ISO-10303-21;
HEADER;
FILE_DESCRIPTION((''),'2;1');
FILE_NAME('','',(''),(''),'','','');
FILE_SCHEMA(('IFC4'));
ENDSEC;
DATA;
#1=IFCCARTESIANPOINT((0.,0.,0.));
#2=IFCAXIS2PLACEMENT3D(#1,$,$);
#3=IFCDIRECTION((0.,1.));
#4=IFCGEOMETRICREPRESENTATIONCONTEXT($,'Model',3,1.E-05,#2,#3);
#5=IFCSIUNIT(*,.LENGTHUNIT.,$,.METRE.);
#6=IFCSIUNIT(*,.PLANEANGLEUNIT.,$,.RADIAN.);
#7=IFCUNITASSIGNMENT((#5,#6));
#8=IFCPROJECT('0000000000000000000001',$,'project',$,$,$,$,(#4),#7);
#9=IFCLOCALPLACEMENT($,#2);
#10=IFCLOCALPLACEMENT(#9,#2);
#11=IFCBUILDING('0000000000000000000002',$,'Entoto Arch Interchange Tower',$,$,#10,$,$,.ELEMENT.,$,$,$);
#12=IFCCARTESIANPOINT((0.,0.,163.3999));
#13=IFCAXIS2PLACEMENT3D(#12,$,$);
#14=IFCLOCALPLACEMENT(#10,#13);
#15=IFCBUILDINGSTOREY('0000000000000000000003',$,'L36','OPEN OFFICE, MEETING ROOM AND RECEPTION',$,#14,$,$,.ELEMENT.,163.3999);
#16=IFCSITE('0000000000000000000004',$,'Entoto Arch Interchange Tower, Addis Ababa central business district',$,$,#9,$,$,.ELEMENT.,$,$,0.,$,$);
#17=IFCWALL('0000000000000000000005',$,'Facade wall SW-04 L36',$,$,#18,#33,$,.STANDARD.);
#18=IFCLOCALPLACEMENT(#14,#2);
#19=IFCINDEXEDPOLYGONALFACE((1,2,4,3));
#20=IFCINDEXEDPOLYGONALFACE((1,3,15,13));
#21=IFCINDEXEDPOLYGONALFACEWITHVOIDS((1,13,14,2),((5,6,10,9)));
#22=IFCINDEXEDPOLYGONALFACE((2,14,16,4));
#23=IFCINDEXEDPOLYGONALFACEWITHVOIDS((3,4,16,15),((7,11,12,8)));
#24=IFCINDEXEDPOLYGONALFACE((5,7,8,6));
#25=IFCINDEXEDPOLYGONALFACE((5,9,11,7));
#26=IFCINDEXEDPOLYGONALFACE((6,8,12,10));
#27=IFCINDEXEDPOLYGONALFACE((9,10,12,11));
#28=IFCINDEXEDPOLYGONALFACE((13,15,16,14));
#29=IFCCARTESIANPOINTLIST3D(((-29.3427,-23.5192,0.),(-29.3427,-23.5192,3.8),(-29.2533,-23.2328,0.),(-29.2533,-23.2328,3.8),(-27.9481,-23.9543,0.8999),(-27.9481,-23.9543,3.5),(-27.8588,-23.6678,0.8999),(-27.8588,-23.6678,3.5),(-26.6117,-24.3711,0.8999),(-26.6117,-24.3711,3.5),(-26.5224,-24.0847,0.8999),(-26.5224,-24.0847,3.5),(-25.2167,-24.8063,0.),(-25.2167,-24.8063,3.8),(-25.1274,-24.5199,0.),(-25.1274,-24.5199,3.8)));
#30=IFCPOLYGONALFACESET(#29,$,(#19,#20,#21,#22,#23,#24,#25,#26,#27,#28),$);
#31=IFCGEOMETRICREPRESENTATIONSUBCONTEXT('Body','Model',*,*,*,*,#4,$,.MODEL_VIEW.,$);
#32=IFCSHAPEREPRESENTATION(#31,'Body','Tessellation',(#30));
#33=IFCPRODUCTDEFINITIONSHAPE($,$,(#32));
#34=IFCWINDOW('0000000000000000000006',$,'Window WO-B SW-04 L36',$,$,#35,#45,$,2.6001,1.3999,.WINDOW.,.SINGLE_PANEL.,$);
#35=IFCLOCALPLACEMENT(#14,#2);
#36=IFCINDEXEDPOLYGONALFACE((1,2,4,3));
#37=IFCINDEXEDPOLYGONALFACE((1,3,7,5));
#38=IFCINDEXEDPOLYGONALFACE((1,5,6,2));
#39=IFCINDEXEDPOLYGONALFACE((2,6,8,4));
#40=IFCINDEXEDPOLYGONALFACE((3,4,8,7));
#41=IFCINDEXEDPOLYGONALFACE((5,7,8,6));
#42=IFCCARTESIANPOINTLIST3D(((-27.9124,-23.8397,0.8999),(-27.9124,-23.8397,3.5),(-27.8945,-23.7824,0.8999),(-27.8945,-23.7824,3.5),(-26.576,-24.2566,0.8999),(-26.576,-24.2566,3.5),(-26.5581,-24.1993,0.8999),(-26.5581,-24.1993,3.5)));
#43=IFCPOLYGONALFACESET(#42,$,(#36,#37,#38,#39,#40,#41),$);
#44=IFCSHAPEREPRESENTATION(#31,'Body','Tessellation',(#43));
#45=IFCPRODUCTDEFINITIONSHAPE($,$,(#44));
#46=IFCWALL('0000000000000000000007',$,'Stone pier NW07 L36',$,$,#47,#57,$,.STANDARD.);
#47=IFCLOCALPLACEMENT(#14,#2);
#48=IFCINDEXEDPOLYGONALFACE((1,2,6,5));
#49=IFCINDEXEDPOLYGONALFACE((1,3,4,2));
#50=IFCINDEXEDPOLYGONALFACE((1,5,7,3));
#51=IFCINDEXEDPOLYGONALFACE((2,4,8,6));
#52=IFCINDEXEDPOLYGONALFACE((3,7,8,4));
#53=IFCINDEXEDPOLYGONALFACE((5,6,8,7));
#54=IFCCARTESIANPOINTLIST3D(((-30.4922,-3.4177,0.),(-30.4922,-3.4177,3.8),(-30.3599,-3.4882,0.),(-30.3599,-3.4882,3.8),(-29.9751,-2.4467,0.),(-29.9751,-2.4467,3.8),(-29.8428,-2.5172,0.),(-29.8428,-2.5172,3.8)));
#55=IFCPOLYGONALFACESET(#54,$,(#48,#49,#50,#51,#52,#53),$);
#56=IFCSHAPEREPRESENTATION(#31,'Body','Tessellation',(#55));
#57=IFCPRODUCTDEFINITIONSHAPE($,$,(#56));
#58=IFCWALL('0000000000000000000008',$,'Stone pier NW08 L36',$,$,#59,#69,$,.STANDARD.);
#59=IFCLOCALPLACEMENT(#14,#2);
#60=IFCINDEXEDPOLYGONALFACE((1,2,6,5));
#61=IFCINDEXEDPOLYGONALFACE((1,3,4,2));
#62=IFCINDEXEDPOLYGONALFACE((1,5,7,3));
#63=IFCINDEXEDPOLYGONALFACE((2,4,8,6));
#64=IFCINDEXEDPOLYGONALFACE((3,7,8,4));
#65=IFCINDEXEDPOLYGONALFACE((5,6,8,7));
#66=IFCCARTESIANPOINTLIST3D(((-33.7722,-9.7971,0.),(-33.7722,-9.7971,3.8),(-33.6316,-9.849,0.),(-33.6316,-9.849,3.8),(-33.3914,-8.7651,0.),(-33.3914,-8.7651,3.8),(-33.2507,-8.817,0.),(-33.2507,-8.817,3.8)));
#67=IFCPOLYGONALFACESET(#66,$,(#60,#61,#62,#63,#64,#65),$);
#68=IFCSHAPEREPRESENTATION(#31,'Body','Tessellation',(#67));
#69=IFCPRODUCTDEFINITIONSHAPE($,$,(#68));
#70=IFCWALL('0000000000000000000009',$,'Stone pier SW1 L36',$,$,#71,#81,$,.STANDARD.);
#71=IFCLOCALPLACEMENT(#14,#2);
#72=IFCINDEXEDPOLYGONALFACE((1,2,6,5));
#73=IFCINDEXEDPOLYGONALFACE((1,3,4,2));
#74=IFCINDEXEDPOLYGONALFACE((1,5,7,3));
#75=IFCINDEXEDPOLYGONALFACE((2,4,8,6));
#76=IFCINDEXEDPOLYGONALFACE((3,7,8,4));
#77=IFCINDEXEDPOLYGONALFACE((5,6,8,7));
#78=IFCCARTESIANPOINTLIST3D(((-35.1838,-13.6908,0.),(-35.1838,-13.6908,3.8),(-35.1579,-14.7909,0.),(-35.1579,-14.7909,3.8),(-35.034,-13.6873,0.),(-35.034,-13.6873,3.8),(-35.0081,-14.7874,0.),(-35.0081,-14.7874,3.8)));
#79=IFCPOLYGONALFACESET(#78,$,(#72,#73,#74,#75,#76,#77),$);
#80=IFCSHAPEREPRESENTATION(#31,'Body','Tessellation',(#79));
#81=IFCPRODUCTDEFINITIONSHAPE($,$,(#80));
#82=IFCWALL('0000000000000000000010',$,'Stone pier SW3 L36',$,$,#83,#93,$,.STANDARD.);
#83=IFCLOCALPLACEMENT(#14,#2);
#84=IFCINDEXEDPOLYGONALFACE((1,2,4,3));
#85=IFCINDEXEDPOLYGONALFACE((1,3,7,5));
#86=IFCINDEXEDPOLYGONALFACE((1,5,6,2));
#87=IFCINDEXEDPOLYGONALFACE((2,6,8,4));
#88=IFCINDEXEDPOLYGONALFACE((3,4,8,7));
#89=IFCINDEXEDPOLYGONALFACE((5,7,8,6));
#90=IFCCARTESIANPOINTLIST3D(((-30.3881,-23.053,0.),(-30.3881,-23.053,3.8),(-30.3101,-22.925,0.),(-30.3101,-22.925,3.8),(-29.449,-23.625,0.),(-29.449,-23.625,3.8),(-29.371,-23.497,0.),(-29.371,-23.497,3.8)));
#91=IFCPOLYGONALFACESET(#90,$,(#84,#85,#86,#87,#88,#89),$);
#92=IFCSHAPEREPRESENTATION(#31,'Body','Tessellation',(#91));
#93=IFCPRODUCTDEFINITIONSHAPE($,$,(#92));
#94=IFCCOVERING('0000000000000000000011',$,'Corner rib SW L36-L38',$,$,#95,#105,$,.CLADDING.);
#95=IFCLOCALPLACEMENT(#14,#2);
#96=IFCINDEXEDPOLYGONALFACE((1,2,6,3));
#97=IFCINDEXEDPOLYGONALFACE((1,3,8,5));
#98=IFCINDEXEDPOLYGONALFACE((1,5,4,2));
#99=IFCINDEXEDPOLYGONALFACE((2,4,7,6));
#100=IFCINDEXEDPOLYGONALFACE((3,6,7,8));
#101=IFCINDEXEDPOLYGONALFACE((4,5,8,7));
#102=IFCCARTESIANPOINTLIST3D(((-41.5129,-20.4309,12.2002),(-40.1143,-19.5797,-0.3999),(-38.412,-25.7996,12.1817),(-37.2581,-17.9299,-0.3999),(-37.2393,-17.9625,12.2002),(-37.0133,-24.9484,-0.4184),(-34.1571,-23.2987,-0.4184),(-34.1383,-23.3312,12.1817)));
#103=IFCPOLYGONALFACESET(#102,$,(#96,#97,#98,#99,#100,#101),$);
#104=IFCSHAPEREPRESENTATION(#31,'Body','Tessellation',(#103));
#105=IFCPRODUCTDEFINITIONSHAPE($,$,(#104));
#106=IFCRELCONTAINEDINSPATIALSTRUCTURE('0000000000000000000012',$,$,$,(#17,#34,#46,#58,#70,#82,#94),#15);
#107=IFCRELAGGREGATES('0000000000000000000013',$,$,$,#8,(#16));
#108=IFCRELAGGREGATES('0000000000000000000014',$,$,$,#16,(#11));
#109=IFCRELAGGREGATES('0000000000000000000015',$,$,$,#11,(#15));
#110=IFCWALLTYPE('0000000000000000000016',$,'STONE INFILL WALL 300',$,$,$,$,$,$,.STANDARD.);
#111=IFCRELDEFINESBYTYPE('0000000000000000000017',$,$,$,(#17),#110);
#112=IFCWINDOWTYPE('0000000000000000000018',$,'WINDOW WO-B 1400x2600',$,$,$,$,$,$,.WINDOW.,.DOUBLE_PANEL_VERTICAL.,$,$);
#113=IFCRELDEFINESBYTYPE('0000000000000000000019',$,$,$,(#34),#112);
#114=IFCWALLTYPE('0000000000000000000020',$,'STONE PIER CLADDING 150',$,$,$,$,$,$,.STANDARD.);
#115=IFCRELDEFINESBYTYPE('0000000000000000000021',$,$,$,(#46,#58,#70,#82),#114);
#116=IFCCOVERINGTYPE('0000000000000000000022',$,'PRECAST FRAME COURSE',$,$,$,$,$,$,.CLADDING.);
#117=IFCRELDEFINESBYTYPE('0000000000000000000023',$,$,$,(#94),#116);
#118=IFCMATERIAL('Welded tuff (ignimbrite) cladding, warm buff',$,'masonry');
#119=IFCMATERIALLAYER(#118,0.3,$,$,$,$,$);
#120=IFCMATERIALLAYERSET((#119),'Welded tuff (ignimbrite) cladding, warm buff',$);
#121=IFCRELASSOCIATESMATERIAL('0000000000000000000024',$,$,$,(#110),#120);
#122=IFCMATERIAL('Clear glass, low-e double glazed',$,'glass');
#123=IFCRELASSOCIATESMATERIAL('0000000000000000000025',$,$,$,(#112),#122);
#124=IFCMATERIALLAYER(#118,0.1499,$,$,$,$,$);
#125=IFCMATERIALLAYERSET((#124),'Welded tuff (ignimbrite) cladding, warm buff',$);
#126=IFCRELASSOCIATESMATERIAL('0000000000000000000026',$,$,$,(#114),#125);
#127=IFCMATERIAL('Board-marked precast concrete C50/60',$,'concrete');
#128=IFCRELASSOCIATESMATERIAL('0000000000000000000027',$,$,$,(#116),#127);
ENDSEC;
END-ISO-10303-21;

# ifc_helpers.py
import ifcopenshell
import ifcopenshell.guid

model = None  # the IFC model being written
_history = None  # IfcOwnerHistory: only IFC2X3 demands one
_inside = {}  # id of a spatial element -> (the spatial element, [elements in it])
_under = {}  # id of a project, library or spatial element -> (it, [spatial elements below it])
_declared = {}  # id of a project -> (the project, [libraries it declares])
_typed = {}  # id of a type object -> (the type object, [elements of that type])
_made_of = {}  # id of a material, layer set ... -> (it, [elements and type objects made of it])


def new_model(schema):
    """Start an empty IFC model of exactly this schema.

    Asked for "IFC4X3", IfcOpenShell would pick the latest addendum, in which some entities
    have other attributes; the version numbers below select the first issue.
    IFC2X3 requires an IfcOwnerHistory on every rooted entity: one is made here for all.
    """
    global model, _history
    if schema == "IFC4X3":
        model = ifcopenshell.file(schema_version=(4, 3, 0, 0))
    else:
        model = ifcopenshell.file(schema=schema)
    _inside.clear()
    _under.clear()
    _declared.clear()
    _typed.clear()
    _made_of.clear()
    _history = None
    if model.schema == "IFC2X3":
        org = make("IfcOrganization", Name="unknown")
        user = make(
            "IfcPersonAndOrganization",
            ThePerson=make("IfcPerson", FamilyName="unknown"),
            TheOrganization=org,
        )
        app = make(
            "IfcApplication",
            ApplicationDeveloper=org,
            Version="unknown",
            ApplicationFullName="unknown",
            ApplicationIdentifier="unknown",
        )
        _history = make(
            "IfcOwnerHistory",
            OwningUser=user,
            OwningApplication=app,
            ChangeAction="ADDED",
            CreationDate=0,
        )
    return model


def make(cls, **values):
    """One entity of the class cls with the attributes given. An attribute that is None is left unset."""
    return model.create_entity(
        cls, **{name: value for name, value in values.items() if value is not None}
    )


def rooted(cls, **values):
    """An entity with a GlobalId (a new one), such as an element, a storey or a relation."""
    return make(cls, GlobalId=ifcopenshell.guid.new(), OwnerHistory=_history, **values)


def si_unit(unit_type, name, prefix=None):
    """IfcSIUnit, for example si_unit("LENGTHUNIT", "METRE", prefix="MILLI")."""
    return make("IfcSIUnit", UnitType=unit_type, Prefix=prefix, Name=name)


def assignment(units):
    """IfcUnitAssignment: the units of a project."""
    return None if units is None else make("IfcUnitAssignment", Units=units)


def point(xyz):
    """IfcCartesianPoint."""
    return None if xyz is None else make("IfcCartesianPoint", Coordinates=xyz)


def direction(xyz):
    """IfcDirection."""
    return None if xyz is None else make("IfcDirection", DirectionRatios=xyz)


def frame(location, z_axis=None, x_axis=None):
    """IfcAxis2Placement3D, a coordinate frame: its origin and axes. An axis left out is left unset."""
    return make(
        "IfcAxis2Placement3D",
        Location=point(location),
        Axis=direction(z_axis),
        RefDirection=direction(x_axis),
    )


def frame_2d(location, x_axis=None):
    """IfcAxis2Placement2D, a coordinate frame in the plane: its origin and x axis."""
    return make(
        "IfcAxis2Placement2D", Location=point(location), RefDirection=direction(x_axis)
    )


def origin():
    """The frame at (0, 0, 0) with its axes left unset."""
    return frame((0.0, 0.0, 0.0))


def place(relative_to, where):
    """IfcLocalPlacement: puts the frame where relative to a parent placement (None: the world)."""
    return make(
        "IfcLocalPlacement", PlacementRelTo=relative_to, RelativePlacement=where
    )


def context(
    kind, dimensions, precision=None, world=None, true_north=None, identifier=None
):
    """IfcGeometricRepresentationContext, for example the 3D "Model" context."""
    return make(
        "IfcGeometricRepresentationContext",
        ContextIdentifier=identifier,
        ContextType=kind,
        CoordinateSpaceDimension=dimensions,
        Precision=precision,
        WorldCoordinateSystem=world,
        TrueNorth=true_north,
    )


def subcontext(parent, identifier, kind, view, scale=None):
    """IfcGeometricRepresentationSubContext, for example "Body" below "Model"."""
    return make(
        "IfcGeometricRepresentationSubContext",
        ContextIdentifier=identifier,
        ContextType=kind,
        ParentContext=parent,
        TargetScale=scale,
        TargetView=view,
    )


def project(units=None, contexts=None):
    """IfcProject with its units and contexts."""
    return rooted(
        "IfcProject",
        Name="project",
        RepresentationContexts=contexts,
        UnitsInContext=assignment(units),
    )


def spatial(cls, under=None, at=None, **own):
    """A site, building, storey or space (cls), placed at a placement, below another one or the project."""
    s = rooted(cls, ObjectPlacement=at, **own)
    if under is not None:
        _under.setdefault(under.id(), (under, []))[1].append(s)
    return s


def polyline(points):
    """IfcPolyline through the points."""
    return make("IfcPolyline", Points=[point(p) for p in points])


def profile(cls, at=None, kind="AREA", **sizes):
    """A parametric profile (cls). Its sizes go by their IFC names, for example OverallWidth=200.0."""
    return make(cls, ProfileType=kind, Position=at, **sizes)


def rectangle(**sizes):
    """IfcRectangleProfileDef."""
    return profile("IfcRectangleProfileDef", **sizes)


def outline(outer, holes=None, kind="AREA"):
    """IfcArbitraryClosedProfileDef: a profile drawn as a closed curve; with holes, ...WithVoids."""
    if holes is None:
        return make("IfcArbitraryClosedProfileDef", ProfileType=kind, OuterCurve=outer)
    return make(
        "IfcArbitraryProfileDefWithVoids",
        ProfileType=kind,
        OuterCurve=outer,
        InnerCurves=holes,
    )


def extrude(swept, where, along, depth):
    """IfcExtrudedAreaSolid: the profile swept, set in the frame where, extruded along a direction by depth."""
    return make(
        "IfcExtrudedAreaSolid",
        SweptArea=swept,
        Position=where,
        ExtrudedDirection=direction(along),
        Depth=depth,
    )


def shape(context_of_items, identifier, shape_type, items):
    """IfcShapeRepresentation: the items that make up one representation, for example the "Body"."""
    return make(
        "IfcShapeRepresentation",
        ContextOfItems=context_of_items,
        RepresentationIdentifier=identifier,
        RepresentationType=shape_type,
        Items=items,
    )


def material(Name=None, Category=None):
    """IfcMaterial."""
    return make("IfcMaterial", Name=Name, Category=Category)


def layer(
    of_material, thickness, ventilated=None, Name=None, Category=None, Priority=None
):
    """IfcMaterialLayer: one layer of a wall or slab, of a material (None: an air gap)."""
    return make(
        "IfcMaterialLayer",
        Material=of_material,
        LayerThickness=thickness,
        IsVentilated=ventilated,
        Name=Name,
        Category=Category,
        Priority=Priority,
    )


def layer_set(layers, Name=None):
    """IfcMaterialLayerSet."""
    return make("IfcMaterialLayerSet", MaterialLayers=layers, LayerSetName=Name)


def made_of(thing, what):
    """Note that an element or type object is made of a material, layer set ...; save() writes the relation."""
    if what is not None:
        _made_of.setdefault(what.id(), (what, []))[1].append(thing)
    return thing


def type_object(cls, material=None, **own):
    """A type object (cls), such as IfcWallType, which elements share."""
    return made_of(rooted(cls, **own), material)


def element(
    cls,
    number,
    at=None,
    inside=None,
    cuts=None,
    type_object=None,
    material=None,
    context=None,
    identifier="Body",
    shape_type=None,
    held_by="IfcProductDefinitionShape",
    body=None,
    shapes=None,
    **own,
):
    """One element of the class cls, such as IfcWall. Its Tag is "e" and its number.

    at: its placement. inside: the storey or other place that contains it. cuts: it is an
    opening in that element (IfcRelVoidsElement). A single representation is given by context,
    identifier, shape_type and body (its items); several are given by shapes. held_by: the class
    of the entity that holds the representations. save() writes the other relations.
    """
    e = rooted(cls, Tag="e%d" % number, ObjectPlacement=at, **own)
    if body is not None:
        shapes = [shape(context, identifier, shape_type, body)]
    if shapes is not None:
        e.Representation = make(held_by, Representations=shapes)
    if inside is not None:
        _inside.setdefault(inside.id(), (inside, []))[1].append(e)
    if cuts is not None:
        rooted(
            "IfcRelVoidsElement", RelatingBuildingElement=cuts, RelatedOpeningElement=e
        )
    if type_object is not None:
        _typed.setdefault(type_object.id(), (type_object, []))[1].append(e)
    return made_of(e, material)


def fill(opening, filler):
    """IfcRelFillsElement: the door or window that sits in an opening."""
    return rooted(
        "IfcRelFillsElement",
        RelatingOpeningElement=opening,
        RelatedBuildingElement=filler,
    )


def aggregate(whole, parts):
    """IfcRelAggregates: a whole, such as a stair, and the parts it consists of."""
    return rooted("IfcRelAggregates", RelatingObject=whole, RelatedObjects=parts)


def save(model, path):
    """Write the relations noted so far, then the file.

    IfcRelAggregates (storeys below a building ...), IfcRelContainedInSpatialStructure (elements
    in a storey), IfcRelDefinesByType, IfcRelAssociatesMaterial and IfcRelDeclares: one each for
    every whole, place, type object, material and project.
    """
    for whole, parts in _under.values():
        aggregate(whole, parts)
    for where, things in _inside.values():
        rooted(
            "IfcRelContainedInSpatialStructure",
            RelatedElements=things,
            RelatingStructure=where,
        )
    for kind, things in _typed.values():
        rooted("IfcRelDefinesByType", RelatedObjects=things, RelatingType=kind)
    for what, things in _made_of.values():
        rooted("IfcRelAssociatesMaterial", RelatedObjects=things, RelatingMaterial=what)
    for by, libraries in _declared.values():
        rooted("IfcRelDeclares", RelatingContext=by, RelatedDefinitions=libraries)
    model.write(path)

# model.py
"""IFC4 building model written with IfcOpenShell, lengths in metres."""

from ifc_helpers import new_model, si_unit, direction, frame, frame_2d, origin, place, context, subcontext, project, spatial, polyline, rectangle, outline, extrude, material, layer, layer_set, type_object, element, fill, save


model = new_model("IFC4")

# Units and contexts
model_context = context("Model", 3, precision=1e-05, world=origin(), true_north=direction((0.0, 1.0)))
body_context = subcontext(model_context, "Body", "Model", "MODEL_VIEW")
ifc_project = project(units=[si_unit("LENGTHUNIT", "METRE"), si_unit("PLANEANGLEUNIT", "RADIAN")], contexts=[model_context])

# Site, building, storey
site_placement = place(None, origin())
site = spatial("IfcSite", under=ifc_project, at=site_placement, Name="Entoto Arch Interchange Tower, Addis Ababa central business district", CompositionType="ELEMENT", RefElevation=0.0)
building_placement = place(site_placement, origin())
building = spatial("IfcBuilding", under=site, at=building_placement, Name="Entoto Arch Interchange Tower", CompositionType="ELEMENT")
storey_placement = place(building_placement, frame((0.0, 0.0, 163.3999)))
storey = spatial("IfcBuildingStorey", under=building, at=storey_placement, Name="L36", Description="OPEN OFFICE, MEETING ROOM AND RECEPTION", CompositionType="ELEMENT", Elevation=163.3999)

# Shared definitions
ifc_material_1 = material(Name="Welded tuff (ignimbrite) cladding, warm buff", Category="masonry")
ifc_layer_1 = layer(ifc_material_1, 0.3)
ifc_layer_set_1 = layer_set([ifc_layer_1], Name="Welded tuff (ignimbrite) cladding, warm buff")
wall_type_1 = type_object("IfcWallType", Name="STONE INFILL WALL 300", PredefinedType="STANDARD", material=ifc_layer_set_1)
ifc_material_2 = material(Name="Clear glass, low-e double glazed", Category="glass")

# Wall, opening, window
window_type_1 = type_object("IfcWindowType", Name="WINDOW WO-B 1400x2600", PartitioningType="DOUBLE_PANEL_VERTICAL", PredefinedType="WINDOW", material=ifc_material_2)
wall_1_placement = place(storey_placement, frame((-29.2981, -23.376, 0.0), z_axis=(0.0, 0.0, 1.0), x_axis=(0.954629, -0.297799, 0.0)))
wall_1 = element("IfcWall", 1, at=wall_1_placement, inside=storey, type_object=wall_type_1, Name="Facade wall SW-04 L36", PredefinedType="STANDARD", context=body_context, shape_type="SweptSolid", body=[
    extrude(rectangle(XDim=4.322, YDim=0.3, at=frame_2d((2.1611, 0.0))), origin(), (0.0, 0.0, 1.0), 3.8),
])
opening_1_placement = place(wall_1_placement, frame((1.4609, 0.0, 0.8999)))
opening_1 = element("IfcOpeningElement", 2, at=opening_1_placement, cuts=wall_1, PredefinedType="OPENING", context=body_context, shape_type="SweptSolid", body=[
    extrude(rectangle(XDim=1.3999, YDim=2.6001, at=frame_2d((0.7, 1.3))), frame((0.0, 0.1602, 0.0), z_axis=(0.0, -1.0, 0.0), x_axis=(1.0, 0.0, 0.0)), (0.0, 0.0, 1.0), 0.3201),
])
window_1_placement = place(opening_1_placement, origin())
window_1 = element("IfcWindow", 3, at=window_1_placement, inside=storey, type_object=window_type_1, Name="Window WO-B SW-04 L36", OverallHeight=2.6001, OverallWidth=1.3999, PartitioningType="SINGLE_PANEL", PredefinedType="WINDOW", context=body_context, shape_type="SweptSolid", body=[
    extrude(rectangle(XDim=1.3999, YDim=2.6001, at=frame_2d((0.7, 1.3))), frame((0.0, 0.03, 0.0), z_axis=(0.0, -1.0, 0.0), x_axis=(1.0, 0.0, 0.0)), (0.0, 0.0, 1.0), 0.0601),
])
fill(opening_1, window_1)

# Walls
ifc_layer_2 = layer(ifc_material_1, 0.1499)
ifc_layer_set_2 = layer_set([ifc_layer_2], Name="Welded tuff (ignimbrite) cladding, warm buff")
wall_type_2 = type_object("IfcWallType", Name="STONE PIER CLADDING 150", PredefinedType="STANDARD", material=ifc_layer_set_2)
for number, where, z_axis, x_axis, name in (
    (4, (-29.9089, -2.4819, 0.0), (0.0, 0.0, 1.0), (-0.470058, -0.882635, 0.0), "Stone pier NW07 L36"),
    (5, (-33.321, -8.791, 0.0), (0.0, 0.0, 1.0), (-0.34623, -0.93815, 0.0), "Stone pier NW08 L36"),
):
    element("IfcWall", number, at=place(storey_placement, frame(where, z_axis=z_axis, x_axis=x_axis)), inside=storey, type_object=wall_type_2, Name=name, PredefinedType="STANDARD", context=body_context, shape_type="SweptSolid", body=[
        extrude(rectangle(XDim=1.1001, YDim=0.1499, at=frame_2d((0.55, 0.0))), origin(), (0.0, 0.0, 1.0), 3.8),
    ])
wall_2_placement = place(storey_placement, frame((-35.1089, -13.689, 0.0), z_axis=(0.0, 0.0, 1.0), x_axis=(0.023518, -0.999723, 0.0)))
element("IfcWall", 6, at=wall_2_placement, inside=storey, type_object=wall_type_2, Name="Stone pier SW1 L36", PredefinedType="STANDARD", context=body_context, shape_type="SweptSolid", body=[
    extrude(rectangle(XDim=1.1003, YDim=0.1499, at=frame_2d((0.5503, 0.0))), origin(), (0.0, 0.0, 1.0), 3.8),
])
wall_3_placement = place(storey_placement, frame((-30.3491, -22.989, 0.0), z_axis=(0.0, 0.0, 1.0), x_axis=(0.854066, -0.520165, 0.0)))
element("IfcWall", 7, at=wall_3_placement, inside=storey, type_object=wall_type_2, Name="Stone pier SW3 L36", PredefinedType="STANDARD", context=body_context, shape_type="SweptSolid", body=[
    extrude(rectangle(XDim=1.0996, YDim=0.1499, at=frame_2d((0.5498, 0.0))), origin(), (0.0, 0.0, 1.0), 3.8),
])

# Covering
ifc_material_3 = material(Name="Board-marked precast concrete C50/60", Category="concrete")
covering_type = type_object("IfcCoveringType", Name="PRECAST FRAME COURSE", PredefinedType="CLADDING", material=ifc_material_3)
covering_placement = place(storey_placement, frame((-37.2581, -17.9299, -0.3999), z_axis=(-0.500155, 0.865931, 0.002982), x_axis=(-0.865935, -0.500157, 0.0)))
element("IfcCovering", 8, at=covering_placement, inside=storey, type_object=covering_type, Name="Corner rib SW L36-L38", PredefinedType="CLADDING", context=body_context, shape_type="SweptSolid", body=[
    extrude(outline(polyline([(0.0, 0.0), (3.2984, 0.0), (4.9353, 12.6002), (0.0, 12.6002), (0.0, 0.0)])), origin(), (0.0, 0.0, -1.0), 6.2),
])

save(model, "model.ifc")
